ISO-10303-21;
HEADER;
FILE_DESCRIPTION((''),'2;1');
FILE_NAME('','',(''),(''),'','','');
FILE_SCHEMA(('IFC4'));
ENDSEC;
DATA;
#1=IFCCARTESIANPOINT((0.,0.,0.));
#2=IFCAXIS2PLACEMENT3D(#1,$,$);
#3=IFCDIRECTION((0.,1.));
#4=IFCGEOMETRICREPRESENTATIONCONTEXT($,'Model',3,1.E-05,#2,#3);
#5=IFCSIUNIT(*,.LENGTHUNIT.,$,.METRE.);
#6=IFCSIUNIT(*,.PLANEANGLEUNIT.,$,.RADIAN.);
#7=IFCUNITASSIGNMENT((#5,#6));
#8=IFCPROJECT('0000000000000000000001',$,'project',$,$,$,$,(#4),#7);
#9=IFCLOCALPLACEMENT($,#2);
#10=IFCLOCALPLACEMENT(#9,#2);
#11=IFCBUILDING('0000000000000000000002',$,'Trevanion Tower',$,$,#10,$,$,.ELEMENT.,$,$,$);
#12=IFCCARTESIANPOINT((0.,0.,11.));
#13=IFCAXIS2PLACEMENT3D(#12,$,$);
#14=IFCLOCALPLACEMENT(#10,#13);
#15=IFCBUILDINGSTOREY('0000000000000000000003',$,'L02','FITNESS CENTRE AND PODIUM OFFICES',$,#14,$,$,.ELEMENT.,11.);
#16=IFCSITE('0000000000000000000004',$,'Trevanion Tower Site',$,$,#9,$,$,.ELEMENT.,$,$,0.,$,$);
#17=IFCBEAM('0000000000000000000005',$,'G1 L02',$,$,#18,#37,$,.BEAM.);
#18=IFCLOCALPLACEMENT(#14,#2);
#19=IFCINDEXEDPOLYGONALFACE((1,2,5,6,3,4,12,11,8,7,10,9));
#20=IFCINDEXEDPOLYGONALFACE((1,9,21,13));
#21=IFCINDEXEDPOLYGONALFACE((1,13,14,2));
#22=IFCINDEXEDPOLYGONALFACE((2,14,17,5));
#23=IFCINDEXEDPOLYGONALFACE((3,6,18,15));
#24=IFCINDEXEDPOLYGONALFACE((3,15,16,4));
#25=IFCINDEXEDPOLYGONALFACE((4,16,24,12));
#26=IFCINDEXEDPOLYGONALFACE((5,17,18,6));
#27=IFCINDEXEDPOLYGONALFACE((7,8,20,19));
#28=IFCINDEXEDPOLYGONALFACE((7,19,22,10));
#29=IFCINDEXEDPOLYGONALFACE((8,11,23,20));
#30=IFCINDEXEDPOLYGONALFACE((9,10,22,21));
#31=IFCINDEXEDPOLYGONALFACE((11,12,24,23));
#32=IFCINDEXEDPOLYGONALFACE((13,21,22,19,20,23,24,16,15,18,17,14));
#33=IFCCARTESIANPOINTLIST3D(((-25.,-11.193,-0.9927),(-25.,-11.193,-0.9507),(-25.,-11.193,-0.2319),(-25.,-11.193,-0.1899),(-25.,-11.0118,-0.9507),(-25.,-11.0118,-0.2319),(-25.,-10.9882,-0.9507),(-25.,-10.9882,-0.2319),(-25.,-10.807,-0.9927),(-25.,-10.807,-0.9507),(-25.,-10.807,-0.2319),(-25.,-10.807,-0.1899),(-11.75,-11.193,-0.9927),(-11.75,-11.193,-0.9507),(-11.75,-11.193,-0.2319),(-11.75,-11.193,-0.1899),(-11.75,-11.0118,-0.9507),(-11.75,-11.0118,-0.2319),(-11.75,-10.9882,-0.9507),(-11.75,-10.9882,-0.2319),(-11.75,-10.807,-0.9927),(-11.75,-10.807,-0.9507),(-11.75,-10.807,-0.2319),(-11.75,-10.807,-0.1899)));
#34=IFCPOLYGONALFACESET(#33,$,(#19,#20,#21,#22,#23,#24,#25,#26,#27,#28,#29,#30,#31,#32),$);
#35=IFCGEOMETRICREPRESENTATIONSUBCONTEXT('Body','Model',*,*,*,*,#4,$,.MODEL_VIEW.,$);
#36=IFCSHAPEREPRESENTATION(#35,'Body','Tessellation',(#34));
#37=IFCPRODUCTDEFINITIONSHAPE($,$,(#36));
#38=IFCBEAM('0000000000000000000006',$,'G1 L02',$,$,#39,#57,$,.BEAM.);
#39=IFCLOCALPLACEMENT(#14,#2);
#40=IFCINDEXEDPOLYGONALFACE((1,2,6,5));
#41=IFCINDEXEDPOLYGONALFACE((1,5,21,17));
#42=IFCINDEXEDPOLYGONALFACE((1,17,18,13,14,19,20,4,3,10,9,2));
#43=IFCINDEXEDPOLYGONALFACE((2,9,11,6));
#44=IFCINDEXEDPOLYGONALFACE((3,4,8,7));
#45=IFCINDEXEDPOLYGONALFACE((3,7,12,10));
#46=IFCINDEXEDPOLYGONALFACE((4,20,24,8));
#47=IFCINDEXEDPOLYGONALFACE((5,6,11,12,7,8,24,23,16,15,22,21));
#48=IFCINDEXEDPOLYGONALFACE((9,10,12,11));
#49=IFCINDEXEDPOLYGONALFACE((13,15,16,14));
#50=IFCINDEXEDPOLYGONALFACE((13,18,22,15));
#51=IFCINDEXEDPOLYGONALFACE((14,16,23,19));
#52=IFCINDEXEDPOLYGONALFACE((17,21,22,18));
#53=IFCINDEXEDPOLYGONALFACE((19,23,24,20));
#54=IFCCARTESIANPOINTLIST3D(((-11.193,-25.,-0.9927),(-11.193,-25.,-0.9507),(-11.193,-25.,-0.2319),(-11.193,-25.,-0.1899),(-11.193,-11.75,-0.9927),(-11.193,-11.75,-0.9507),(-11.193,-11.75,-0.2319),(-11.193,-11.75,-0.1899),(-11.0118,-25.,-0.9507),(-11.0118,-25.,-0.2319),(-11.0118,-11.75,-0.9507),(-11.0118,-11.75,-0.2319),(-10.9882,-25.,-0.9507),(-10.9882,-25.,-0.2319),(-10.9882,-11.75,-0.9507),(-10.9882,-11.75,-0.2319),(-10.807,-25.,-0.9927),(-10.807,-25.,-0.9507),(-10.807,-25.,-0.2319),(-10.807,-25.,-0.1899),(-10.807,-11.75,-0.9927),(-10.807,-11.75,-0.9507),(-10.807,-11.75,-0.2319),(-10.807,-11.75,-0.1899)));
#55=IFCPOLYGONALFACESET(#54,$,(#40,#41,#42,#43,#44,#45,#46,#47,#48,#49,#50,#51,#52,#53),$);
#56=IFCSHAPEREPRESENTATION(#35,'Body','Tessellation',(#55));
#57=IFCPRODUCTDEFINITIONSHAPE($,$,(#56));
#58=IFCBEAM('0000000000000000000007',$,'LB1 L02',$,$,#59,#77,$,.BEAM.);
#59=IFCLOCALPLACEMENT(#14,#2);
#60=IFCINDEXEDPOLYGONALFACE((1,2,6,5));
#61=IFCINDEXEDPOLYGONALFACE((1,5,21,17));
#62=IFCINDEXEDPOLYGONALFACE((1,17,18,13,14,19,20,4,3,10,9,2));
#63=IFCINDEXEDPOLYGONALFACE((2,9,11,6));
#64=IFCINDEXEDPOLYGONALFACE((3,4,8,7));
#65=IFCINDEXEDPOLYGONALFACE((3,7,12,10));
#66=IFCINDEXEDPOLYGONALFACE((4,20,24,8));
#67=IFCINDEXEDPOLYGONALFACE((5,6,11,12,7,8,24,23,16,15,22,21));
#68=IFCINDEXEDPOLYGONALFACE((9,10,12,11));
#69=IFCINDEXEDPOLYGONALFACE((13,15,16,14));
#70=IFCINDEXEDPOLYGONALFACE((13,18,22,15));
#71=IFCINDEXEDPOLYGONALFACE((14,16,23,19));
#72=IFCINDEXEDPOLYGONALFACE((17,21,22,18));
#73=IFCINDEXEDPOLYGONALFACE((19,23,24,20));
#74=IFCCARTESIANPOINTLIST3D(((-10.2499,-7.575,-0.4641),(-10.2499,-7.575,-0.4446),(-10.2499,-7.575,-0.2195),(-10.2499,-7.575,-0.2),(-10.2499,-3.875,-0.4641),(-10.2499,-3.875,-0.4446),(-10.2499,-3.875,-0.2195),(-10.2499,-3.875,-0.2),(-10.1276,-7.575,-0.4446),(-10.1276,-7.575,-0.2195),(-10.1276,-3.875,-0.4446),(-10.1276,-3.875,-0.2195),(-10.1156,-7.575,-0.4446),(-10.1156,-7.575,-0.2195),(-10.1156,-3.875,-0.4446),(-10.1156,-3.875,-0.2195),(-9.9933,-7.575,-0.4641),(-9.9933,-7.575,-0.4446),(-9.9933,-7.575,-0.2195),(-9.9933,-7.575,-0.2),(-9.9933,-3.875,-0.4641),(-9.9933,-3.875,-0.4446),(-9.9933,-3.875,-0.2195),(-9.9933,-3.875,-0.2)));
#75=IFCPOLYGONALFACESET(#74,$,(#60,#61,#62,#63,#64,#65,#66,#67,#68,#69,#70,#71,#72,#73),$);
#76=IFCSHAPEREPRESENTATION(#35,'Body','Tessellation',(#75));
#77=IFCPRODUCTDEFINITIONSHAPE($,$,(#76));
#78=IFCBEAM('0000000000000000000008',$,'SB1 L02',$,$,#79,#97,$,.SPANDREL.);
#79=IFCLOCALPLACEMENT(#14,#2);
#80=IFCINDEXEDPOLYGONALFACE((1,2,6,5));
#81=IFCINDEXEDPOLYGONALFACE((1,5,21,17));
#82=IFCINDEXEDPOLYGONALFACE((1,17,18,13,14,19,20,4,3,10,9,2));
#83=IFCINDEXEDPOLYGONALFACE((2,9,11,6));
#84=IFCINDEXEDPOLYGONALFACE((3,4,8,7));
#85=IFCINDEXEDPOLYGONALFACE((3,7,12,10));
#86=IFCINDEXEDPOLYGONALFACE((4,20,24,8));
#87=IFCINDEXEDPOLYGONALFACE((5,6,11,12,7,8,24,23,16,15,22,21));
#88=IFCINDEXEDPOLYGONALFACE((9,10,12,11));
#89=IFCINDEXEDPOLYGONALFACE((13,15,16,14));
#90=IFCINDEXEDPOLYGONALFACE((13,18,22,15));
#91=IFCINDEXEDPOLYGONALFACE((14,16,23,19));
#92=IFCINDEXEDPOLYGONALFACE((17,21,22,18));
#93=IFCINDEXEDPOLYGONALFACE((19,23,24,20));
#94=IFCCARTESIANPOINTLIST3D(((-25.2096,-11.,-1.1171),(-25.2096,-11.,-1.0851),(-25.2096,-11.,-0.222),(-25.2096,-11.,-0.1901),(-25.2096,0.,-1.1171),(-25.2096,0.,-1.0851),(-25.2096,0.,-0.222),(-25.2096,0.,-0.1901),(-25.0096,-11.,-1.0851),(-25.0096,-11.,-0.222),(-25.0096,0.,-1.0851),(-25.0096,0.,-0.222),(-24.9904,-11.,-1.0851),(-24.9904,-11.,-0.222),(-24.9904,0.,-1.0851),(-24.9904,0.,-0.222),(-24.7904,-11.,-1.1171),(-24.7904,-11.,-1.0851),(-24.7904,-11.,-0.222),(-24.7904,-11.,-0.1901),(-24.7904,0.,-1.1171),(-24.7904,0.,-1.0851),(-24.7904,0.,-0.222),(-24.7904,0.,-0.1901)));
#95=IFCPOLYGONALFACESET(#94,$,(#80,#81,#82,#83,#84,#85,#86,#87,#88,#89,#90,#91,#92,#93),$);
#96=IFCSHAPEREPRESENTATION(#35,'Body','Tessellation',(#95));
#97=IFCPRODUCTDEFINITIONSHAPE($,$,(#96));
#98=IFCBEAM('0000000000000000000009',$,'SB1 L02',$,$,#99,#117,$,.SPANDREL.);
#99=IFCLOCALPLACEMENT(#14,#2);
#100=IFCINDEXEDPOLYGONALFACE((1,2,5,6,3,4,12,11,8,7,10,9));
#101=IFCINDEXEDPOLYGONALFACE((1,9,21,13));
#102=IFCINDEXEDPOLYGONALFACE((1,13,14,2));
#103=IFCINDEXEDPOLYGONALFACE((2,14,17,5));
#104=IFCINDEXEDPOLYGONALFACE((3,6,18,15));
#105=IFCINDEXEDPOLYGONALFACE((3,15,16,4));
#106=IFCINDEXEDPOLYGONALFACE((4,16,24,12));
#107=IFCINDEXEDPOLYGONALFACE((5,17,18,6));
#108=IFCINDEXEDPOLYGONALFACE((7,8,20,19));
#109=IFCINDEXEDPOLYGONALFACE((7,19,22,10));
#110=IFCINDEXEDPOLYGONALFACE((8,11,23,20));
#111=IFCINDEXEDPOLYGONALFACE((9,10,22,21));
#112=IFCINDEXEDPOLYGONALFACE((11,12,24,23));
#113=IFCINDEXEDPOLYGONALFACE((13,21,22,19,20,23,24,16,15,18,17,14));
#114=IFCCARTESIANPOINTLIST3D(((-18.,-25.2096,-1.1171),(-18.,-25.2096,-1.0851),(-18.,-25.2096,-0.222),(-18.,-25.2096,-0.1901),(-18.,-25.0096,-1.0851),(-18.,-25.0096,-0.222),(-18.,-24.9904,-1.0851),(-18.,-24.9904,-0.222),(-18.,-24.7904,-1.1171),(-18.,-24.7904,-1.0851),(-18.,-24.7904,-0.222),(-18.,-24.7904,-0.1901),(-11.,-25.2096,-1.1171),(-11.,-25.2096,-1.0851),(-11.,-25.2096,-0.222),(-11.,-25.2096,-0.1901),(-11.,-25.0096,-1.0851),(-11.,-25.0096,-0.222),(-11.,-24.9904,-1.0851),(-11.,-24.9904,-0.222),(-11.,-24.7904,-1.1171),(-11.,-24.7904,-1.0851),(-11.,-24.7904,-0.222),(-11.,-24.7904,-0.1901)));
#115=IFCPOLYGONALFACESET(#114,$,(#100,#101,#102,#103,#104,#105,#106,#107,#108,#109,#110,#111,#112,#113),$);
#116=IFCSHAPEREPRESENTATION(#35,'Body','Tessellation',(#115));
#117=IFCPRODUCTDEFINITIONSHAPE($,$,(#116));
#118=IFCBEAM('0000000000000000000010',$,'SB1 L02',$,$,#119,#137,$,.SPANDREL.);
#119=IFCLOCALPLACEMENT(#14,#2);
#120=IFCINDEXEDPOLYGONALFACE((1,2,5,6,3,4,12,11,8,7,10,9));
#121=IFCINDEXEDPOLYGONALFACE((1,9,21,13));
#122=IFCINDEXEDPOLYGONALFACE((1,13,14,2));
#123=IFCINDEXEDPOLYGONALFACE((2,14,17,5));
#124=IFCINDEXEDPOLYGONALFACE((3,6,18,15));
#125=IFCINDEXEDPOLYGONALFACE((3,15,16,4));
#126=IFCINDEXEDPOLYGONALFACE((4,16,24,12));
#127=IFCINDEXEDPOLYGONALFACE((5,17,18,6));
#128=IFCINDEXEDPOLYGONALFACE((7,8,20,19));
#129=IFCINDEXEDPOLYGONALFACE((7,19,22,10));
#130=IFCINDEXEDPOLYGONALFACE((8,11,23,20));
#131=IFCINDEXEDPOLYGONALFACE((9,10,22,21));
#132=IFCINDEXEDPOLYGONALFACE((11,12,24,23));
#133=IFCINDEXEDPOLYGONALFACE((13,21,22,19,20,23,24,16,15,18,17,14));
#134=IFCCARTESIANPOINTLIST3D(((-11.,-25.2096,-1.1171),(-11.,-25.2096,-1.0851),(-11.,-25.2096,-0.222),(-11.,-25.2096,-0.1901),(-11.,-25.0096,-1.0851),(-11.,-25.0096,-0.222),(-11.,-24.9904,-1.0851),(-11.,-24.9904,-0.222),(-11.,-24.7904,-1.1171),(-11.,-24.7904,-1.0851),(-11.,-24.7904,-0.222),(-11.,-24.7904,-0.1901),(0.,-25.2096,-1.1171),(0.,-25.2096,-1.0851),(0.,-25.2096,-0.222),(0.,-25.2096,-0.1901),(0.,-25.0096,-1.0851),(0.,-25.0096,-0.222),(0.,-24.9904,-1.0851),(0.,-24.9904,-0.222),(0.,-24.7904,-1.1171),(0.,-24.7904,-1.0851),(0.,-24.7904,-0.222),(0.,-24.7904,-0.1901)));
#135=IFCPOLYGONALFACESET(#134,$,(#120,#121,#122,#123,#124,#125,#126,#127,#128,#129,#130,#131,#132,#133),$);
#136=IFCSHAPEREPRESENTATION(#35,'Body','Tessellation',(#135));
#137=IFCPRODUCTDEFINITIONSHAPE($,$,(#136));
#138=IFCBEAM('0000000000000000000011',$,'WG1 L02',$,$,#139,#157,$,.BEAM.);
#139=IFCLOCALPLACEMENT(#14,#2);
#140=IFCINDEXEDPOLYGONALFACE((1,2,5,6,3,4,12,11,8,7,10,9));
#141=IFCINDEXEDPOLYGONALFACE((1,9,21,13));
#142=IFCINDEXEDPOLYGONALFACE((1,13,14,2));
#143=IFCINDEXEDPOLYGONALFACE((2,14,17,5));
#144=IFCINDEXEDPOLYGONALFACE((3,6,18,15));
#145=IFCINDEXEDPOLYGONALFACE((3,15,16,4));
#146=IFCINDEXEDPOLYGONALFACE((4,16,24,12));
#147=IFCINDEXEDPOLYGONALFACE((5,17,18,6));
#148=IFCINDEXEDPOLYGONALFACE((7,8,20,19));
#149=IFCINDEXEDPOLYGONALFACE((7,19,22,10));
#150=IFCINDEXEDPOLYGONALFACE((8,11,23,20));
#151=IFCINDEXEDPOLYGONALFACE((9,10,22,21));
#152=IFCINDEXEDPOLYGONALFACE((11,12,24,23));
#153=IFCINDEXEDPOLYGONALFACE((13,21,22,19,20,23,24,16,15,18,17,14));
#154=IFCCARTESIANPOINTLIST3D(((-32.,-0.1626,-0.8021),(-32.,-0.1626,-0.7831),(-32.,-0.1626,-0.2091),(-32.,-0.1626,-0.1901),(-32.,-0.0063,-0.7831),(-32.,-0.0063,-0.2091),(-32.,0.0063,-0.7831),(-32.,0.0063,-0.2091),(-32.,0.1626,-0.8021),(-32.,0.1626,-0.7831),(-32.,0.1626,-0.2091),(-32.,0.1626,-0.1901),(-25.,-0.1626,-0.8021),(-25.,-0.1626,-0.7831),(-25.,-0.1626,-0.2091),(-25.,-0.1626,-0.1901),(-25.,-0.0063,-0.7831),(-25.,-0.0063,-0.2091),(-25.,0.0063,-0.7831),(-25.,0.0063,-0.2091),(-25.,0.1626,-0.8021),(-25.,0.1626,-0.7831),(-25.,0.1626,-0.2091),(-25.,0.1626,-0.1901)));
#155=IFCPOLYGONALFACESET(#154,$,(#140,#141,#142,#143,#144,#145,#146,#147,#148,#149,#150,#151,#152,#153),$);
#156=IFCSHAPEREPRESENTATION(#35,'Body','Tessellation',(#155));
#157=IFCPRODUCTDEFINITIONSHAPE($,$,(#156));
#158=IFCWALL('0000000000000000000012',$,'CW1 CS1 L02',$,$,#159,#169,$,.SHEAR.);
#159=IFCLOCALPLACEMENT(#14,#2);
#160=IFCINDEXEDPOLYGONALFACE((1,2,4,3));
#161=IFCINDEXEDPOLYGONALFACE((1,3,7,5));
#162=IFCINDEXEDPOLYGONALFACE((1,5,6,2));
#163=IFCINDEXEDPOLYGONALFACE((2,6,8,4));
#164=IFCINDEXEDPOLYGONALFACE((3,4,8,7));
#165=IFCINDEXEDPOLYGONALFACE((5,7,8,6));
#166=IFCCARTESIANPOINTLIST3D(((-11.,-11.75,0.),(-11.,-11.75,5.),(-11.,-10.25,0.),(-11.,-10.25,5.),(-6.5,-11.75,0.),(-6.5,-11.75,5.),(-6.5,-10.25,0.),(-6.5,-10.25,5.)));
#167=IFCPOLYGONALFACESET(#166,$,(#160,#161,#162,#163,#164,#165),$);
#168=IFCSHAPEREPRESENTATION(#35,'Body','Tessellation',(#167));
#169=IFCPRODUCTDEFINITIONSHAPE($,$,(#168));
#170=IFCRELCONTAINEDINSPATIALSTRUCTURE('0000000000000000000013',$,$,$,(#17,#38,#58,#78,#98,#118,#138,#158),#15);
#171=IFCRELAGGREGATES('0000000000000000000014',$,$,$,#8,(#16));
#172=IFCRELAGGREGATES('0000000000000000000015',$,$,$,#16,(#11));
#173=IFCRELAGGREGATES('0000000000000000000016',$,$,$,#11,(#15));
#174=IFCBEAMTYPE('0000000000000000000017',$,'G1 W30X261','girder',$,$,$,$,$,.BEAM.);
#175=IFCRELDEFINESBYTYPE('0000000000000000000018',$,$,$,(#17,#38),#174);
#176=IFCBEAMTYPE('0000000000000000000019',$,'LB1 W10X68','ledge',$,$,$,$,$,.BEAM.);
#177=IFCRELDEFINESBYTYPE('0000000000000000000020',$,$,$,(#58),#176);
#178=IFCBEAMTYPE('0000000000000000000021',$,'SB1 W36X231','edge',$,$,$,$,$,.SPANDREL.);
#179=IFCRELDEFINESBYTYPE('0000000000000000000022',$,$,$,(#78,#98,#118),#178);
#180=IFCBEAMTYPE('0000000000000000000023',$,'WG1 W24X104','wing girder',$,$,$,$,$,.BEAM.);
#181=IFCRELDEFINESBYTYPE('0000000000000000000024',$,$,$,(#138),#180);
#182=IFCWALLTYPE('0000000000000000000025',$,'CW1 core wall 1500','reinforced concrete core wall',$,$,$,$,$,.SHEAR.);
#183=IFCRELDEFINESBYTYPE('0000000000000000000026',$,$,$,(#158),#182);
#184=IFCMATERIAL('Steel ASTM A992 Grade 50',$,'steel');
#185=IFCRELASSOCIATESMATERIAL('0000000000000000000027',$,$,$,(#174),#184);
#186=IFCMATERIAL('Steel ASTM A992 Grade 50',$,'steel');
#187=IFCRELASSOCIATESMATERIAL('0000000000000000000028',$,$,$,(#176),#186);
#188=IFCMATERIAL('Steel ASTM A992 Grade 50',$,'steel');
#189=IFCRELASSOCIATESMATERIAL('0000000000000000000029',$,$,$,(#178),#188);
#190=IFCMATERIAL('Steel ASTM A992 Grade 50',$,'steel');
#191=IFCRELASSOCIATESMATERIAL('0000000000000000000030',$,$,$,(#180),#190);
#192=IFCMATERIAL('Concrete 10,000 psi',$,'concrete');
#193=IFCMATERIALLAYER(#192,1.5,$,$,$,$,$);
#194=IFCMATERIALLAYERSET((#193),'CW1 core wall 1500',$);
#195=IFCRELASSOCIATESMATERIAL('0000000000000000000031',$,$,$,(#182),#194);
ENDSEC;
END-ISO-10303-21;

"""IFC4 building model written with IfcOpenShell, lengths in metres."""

from ifc_helpers import new_model, si_unit, direction, frame, frame_2d, origin, origin_2d, place, context, subcontext, project, spatial, rectangle, i_section, extrude, material, layer, layer_set, material_profile, profile_set, type_object, element, save


model = new_model("IFC4")

# Units and contexts
model_context = context("Model", 3, precision=1e-05, world=origin(), true_north=direction((0.0, 1.0)))
body_context = subcontext(model_context, "Body", "Model", "MODEL_VIEW")
ifc_project = project(units=[si_unit("LENGTHUNIT", "METRE"), si_unit("PLANEANGLEUNIT", "RADIAN")], contexts=[model_context])

# Site, building, storey
site_placement = place(None, origin())
site = spatial("IfcSite", under=ifc_project, at=site_placement, Name="Trevanion Tower Site", CompositionType="ELEMENT", RefElevation=0.0)
building_placement = place(site_placement, origin())
building = spatial("IfcBuilding", under=site, at=building_placement, Name="Trevanion Tower", CompositionType="ELEMENT")
storey_placement = place(building_placement, frame((0.0, 0.0, 11.0)))
storey = spatial("IfcBuildingStorey", under=building, at=storey_placement, Name="L02", Description="FITNESS CENTRE AND PODIUM OFFICES", CompositionType="ELEMENT", Elevation=11.0)

# Beams
ifc_material_1 = material(Name="Steel ASTM A992 Grade 50", Category="steel")
ifc_material_profile_1 = material_profile(ifc_material_1, i_section(OverallWidth=0.386, OverallDepth=0.8027, WebThickness=0.0237, FlangeThickness=0.042, at=origin_2d()), Name="W30X261")
ifc_profile_set_1 = profile_set([ifc_material_profile_1], Name="Steel ASTM A992 Grade 50")
beam_type_1 = type_object("IfcBeamType", Name="G1 W30X261", Description="girder", PredefinedType="BEAM", material=ifc_profile_set_1)
for number, where, z_axis, x_axis, name in (
    (1, (-11.75, -11.0, -0.5913), (-1.0, 0.0, 0.0), (0.0, -1.0, 0.0), "G1 L02"),
    (2, (-11.0, -11.75, -0.5913), (0.0, -1.0, 0.0), (1.0, 0.0, 0.0), "G1 L02"),
):
    element("IfcBeam", number, at=place(storey_placement, frame(where, z_axis=z_axis, x_axis=x_axis)), inside=storey, type_object=beam_type_1, Name=name, PredefinedType="BEAM", context=body_context, shape_type="SweptSolid", body=[
        extrude(i_section(OverallWidth=0.386, OverallDepth=0.8027, WebThickness=0.0237, FlangeThickness=0.042, at=origin_2d()), origin(), (0.0, 0.0, 1.0), 13.25),
    ])
ifc_material_2 = material(Name="Steel ASTM A992 Grade 50", Category="steel")
ifc_material_profile_2 = material_profile(ifc_material_2, i_section(OverallWidth=0.2566, OverallDepth=0.2642, WebThickness=0.012, FlangeThickness=0.0195, at=origin_2d()), Name="W10X68")
ifc_profile_set_2 = profile_set([ifc_material_profile_2], Name="Steel ASTM A992 Grade 50")
beam_type_2 = type_object("IfcBeamType", Name="LB1 W10X68", Description="ledge", PredefinedType="BEAM", material=ifc_profile_set_2)
beam_1_placement = place(storey_placement, frame((-10.1216, -7.575, -0.332), z_axis=(0.0, 1.0, 0.0), x_axis=(-1.0, 0.0, 0.0)))
element("IfcBeam", 3, at=beam_1_placement, inside=storey, type_object=beam_type_2, Name="LB1 L02", PredefinedType="BEAM", context=body_context, shape_type="SweptSolid", body=[
    extrude(i_section(OverallWidth=0.2566, OverallDepth=0.2642, WebThickness=0.012, FlangeThickness=0.0195, at=origin_2d()), origin(), (0.0, 0.0, 1.0), 3.7),
])
ifc_material_3 = material(Name="Steel ASTM A992 Grade 50", Category="steel")
ifc_material_profile_3 = material_profile(ifc_material_3, i_section(OverallWidth=0.4192, OverallDepth=0.927, WebThickness=0.0193, FlangeThickness=0.032, at=origin_2d()), Name="W36X231")
ifc_profile_set_3 = profile_set([ifc_material_profile_3], Name="Steel ASTM A992 Grade 50")
beam_type_3 = type_object("IfcBeamType", Name="SB1 W36X231", Description="edge", PredefinedType="SPANDREL", material=ifc_profile_set_3)
beam_2_placement = place(storey_placement, frame((-25.0, 0.0, -0.6536), z_axis=(0.0, -1.0, 0.0), x_axis=(1.0, 0.0, 0.0)))
element("IfcBeam", 4, at=beam_2_placement, inside=storey, type_object=beam_type_3, Name="SB1 L02", PredefinedType="SPANDREL", context=body_context, shape_type="SweptSolid", body=[
    extrude(i_section(OverallWidth=0.4192, OverallDepth=0.927, WebThickness=0.0193, FlangeThickness=0.032, at=origin_2d()), origin(), (0.0, 0.0, 1.0), 11.0),
])
beam_3_placement = place(storey_placement, frame((-18.0, -25.0, -0.6536), z_axis=(1.0, 0.0, 0.0), x_axis=(0.0, 1.0, 0.0)))
element("IfcBeam", 5, at=beam_3_placement, inside=storey, type_object=beam_type_3, Name="SB1 L02", PredefinedType="SPANDREL", context=body_context, shape_type="SweptSolid", body=[
    extrude(i_section(OverallWidth=0.4192, OverallDepth=0.927, WebThickness=0.0193, FlangeThickness=0.032, at=origin_2d()), origin(), (0.0, 0.0, 1.0), 7.0),
])
beam_4_placement = place(storey_placement, frame((-11.0, -25.0, -0.6536), z_axis=(1.0, 0.0, 0.0), x_axis=(0.0, 1.0, 0.0)))
element("IfcBeam", 6, at=beam_4_placement, inside=storey, type_object=beam_type_3, Name="SB1 L02", PredefinedType="SPANDREL", context=body_context, shape_type="SweptSolid", body=[
    extrude(i_section(OverallWidth=0.4192, OverallDepth=0.927, WebThickness=0.0193, FlangeThickness=0.032, at=origin_2d()), origin(), (0.0, 0.0, 1.0), 11.0),
])
ifc_material_4 = material(Name="Steel ASTM A992 Grade 50", Category="steel")
ifc_material_profile_4 = material_profile(ifc_material_4, i_section(OverallWidth=0.3252, OverallDepth=0.6121, WebThickness=0.0127, FlangeThickness=0.019, at=origin_2d()), Name="W24X104")
ifc_profile_set_4 = profile_set([ifc_material_profile_4], Name="Steel ASTM A992 Grade 50")
beam_type_4 = type_object("IfcBeamType", Name="WG1 W24X104", Description="wing girder", PredefinedType="BEAM", material=ifc_profile_set_4)
beam_5_placement = place(storey_placement, frame((-25.0, 0.0, -0.4961), z_axis=(-1.0, 0.0, 0.0), x_axis=(0.0, -1.0, 0.0)))
element("IfcBeam", 7, at=beam_5_placement, inside=storey, type_object=beam_type_4, Name="WG1 L02", PredefinedType="BEAM", context=body_context, shape_type="SweptSolid", body=[
    extrude(i_section(OverallWidth=0.3252, OverallDepth=0.6121, WebThickness=0.0127, FlangeThickness=0.019, at=origin_2d()), origin(), (0.0, 0.0, 1.0), 7.0),
])

# Wall
ifc_material_5 = material(Name="Concrete 10,000 psi", Category="concrete")
ifc_layer = layer(ifc_material_5, 1.5)
ifc_layer_set = layer_set([ifc_layer], Name="CW1 core wall 1500")
wall_type = type_object("IfcWallType", Name="CW1 core wall 1500", Description="reinforced concrete core wall", PredefinedType="SHEAR", material=ifc_layer_set)
wall_placement = place(storey_placement, frame((-11.0, -11.0, 0.0), z_axis=(0.0, 0.0, 1.0), x_axis=(1.0, 0.0, 0.0)))
element("IfcWall", 8, at=wall_placement, inside=storey, type_object=wall_type, Name="CW1 CS1 L02", PredefinedType="SHEAR", context=body_context, shape_type="SweptSolid", body=[
    extrude(rectangle(XDim=4.5, YDim=1.5, at=frame_2d((2.25, 0.0))), origin(), (0.0, 0.0, 1.0), 5.0),
])

save(model, "model.ifc")
